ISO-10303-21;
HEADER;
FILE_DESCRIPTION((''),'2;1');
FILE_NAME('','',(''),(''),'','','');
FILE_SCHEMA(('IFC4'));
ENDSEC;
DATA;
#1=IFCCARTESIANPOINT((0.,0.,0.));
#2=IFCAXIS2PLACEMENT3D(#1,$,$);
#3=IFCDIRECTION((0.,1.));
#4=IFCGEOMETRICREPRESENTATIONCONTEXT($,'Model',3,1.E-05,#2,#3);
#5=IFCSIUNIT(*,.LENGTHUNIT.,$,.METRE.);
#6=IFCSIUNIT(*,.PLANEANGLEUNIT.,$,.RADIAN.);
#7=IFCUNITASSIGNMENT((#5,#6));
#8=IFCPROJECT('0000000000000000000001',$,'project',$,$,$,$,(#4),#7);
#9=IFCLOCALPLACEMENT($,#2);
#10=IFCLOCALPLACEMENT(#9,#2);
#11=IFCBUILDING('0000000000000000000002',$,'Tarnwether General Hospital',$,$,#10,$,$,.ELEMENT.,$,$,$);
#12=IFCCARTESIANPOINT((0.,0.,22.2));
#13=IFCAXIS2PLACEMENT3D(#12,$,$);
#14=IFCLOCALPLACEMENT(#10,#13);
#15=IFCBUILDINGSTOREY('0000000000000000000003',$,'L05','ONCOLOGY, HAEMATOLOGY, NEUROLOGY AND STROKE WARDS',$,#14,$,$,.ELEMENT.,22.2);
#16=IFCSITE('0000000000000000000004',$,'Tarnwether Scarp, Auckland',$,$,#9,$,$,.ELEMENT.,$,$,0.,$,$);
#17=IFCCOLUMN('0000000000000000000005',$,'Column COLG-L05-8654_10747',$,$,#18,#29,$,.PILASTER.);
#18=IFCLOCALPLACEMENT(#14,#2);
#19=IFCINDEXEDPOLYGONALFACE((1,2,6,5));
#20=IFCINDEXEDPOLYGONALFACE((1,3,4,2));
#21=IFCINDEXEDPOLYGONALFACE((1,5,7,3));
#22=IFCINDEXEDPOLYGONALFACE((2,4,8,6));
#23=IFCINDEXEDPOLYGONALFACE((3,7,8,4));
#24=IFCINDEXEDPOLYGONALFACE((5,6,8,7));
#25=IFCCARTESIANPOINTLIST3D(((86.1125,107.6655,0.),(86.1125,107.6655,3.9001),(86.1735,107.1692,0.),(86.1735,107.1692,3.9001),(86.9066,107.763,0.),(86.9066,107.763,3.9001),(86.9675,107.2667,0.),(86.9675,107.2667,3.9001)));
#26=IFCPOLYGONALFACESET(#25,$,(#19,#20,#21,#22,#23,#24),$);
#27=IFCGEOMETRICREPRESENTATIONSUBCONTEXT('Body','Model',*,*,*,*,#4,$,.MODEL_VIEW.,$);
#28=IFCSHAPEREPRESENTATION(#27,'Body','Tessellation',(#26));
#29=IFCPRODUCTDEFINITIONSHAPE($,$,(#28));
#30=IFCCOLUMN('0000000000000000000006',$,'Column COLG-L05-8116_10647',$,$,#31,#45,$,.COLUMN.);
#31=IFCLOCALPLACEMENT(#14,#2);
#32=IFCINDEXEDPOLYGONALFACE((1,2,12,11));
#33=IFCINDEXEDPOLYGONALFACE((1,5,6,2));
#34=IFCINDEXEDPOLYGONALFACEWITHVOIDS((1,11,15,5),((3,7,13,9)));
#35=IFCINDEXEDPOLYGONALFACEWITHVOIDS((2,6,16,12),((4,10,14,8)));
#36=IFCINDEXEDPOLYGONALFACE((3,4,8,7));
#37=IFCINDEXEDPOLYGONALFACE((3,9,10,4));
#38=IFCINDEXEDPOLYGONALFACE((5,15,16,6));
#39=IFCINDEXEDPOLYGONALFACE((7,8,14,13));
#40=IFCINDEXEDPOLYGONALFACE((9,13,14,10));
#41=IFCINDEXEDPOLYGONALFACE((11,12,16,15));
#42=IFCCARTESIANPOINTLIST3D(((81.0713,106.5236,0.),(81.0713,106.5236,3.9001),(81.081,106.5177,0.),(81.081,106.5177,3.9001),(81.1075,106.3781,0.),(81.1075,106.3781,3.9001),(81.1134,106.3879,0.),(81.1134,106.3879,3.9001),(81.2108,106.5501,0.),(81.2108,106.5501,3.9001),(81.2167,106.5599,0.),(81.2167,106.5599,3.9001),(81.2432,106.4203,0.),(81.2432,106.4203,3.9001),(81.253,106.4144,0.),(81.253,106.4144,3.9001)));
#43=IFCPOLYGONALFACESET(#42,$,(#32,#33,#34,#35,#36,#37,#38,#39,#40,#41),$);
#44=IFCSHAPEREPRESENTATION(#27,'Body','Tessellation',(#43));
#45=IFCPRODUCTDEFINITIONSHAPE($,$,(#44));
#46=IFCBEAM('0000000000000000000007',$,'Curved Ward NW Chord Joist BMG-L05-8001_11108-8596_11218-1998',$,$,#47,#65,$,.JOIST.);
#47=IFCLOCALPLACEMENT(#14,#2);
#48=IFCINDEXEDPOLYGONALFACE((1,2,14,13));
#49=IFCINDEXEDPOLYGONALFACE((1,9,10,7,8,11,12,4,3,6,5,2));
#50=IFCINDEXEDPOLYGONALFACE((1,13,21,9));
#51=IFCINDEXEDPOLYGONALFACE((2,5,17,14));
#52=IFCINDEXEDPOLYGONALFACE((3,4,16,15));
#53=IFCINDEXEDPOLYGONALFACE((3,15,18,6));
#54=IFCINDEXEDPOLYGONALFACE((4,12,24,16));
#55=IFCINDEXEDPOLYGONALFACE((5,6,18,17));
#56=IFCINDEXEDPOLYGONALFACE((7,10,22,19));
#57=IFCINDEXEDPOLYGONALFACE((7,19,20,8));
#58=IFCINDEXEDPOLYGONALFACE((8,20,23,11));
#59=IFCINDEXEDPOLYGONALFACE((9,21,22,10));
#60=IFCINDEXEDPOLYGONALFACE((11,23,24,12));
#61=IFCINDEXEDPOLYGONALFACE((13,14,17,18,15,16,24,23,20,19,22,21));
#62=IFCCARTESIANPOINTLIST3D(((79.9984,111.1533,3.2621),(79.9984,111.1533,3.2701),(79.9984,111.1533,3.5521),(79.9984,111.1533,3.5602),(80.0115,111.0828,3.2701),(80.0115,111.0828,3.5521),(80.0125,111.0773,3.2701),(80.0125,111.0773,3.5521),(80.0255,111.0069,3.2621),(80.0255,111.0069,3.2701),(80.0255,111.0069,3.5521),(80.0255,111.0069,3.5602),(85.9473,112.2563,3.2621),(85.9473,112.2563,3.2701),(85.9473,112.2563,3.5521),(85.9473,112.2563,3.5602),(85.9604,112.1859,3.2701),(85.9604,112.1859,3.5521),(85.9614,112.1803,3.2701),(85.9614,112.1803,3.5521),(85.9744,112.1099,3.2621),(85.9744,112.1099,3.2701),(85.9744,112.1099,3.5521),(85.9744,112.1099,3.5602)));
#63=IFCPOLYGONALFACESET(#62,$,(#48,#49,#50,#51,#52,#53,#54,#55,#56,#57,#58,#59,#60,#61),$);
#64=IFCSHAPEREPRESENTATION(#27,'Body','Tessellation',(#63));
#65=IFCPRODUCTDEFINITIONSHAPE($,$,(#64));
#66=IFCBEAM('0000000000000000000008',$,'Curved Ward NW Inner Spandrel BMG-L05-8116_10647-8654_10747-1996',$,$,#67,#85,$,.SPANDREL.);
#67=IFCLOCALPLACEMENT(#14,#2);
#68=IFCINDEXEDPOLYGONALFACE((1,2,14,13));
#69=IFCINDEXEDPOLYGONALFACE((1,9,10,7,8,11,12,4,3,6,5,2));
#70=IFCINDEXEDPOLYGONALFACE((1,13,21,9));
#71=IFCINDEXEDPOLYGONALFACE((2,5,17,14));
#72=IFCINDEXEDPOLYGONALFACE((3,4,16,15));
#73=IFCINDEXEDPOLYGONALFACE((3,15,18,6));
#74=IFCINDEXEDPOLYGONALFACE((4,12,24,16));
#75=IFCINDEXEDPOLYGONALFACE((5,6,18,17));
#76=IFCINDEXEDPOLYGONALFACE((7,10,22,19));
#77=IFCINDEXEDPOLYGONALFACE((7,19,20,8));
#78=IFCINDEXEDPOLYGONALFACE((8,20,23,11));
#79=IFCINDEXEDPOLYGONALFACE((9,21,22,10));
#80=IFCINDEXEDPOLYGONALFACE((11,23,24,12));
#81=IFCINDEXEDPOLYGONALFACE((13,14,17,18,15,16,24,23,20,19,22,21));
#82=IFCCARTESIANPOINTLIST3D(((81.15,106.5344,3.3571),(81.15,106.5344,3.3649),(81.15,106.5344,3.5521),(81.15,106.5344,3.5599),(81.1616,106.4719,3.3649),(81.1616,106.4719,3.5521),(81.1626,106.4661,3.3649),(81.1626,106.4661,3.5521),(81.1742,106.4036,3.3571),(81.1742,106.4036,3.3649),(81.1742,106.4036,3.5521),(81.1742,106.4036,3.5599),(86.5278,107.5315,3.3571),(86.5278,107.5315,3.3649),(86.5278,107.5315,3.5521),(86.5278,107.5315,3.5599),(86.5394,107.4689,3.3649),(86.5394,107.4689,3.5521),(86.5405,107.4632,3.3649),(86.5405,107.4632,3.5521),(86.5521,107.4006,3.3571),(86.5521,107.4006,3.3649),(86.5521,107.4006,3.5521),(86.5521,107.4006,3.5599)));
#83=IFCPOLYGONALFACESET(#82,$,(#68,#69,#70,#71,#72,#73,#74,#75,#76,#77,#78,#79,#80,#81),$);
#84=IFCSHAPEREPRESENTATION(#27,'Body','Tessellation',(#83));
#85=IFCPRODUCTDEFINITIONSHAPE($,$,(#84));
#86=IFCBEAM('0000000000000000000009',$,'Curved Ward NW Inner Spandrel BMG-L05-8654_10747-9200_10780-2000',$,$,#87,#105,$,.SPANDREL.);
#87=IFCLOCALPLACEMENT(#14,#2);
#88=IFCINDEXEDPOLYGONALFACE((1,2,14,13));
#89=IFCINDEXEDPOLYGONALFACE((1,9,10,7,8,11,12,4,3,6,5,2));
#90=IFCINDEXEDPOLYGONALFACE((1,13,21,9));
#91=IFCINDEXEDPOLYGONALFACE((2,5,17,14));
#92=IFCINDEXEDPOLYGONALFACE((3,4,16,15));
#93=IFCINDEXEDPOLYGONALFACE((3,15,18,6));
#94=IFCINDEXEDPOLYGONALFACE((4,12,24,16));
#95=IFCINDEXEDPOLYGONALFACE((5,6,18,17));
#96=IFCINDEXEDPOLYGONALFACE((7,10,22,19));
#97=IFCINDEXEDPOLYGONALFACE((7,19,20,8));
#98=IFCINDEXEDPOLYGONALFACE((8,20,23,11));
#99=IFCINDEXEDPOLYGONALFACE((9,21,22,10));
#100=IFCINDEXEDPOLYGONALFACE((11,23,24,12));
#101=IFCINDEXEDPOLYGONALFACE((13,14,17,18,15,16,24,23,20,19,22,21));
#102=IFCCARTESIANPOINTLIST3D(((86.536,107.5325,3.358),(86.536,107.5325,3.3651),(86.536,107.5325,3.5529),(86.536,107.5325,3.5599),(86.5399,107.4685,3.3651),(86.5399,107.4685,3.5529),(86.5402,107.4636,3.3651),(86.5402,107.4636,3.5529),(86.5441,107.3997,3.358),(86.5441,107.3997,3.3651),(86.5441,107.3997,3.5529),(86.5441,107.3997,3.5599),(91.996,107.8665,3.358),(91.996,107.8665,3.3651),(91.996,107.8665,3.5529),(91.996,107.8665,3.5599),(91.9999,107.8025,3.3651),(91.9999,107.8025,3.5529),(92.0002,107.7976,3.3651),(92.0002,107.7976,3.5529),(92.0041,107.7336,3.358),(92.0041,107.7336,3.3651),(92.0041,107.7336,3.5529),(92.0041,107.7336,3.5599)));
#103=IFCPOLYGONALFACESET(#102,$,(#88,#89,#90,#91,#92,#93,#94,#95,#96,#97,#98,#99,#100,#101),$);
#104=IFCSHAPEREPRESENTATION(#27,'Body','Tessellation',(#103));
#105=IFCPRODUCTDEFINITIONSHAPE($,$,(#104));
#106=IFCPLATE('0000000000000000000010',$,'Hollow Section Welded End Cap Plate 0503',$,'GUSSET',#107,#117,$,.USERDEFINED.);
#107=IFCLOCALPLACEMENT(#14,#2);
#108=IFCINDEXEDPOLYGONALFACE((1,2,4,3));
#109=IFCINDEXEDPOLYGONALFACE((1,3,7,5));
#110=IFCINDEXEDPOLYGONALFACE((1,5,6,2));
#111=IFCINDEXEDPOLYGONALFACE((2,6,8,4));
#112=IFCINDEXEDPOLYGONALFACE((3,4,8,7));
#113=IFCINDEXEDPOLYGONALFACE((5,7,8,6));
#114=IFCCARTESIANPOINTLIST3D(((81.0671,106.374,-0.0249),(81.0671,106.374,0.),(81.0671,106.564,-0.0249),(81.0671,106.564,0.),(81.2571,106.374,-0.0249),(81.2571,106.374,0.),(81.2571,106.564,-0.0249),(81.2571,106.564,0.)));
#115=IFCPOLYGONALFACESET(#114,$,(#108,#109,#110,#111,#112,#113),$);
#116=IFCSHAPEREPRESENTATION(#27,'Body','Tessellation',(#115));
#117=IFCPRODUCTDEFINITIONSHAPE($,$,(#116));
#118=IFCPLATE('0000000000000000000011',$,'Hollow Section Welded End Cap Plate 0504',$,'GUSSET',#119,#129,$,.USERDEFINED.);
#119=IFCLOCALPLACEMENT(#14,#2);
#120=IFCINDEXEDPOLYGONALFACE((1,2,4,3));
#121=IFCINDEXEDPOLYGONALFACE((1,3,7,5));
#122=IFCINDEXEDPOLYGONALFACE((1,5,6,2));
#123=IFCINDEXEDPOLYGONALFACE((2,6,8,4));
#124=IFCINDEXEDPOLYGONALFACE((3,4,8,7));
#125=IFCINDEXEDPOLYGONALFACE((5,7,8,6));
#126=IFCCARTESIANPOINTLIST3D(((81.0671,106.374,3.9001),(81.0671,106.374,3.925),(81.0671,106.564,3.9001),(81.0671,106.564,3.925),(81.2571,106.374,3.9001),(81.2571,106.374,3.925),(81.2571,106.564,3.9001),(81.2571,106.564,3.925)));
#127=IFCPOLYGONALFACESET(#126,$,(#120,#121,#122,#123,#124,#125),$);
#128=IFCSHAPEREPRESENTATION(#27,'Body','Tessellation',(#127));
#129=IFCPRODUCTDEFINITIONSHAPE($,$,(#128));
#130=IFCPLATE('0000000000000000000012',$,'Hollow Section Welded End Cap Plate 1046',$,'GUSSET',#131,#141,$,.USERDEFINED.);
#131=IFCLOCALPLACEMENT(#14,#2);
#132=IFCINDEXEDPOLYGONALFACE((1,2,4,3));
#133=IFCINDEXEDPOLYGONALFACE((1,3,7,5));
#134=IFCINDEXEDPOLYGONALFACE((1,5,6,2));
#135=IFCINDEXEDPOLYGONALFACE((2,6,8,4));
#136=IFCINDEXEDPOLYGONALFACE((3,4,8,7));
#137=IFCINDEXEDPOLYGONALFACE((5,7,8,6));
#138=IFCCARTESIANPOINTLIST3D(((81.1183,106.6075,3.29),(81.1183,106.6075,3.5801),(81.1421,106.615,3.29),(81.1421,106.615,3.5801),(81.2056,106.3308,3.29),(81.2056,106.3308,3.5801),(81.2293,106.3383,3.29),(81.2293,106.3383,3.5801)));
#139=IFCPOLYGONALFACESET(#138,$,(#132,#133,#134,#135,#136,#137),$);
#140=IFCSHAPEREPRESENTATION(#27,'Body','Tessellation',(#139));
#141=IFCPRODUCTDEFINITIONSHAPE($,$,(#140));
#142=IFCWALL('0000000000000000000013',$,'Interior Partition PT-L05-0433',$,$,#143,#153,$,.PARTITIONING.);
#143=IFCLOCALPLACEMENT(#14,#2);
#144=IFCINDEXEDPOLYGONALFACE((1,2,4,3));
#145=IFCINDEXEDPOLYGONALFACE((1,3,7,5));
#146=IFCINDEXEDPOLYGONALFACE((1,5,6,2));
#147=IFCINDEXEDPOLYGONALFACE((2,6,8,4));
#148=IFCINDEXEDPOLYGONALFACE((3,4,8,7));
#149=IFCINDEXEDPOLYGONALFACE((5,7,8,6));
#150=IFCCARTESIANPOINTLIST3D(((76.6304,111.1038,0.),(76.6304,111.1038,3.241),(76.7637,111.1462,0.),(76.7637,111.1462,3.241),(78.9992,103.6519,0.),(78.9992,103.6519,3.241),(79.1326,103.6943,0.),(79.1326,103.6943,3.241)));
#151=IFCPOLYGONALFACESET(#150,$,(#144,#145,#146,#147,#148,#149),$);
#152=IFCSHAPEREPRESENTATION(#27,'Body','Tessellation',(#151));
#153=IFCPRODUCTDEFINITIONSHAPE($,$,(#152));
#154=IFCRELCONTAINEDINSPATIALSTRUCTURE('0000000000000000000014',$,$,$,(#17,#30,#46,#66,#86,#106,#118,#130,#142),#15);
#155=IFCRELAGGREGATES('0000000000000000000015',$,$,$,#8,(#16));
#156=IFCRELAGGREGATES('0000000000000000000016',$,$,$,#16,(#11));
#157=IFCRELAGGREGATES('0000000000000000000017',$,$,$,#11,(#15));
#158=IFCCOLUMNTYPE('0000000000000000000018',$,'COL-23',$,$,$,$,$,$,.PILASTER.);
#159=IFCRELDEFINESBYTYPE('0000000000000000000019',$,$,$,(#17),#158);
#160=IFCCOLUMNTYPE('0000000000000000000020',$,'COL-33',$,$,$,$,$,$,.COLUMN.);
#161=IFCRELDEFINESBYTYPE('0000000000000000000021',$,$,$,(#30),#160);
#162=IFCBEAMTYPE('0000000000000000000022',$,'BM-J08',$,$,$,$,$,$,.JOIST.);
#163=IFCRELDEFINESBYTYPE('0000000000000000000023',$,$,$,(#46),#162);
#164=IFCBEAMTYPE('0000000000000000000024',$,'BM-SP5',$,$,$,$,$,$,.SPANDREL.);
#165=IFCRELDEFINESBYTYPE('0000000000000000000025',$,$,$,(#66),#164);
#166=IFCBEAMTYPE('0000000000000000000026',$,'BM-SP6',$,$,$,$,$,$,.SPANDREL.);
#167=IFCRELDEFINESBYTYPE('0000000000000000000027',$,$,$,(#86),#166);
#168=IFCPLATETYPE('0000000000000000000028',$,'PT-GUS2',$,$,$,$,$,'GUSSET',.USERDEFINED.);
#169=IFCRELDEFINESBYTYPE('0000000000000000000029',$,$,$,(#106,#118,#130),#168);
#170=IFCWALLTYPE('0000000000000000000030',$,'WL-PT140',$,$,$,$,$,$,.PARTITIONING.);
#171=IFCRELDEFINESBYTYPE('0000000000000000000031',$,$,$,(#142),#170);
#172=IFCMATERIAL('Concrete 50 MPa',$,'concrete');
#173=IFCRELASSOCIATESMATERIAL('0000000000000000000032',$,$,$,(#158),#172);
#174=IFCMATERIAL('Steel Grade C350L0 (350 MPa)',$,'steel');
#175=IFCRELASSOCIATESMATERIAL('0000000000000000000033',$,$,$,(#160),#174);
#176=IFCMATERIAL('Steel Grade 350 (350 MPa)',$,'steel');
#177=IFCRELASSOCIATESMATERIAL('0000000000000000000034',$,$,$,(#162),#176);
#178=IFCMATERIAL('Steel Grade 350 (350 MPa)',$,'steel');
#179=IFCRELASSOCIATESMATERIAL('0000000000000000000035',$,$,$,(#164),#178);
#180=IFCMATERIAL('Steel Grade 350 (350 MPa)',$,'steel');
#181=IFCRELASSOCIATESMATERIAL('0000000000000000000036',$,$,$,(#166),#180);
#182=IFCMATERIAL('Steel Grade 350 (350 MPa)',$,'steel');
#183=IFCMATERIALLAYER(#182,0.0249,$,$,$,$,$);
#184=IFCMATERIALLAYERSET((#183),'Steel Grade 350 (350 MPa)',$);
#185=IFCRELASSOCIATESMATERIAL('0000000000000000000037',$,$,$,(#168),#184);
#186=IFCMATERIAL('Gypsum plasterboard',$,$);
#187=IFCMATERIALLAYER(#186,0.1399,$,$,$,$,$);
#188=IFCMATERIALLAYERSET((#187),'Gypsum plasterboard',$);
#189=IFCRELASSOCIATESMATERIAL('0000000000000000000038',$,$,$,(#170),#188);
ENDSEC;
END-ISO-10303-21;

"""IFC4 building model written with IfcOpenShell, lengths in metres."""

from ifc_helpers import new_model, si_unit, direction, frame, frame_2d, origin, origin_2d, place, context, subcontext, project, spatial, rectangle, hollow_rectangle, i_section, extrude, material, layer, layer_set, material_profile, profile_set, type_object, element, save


model = new_model("IFC4")

# Units and contexts
model_context = context("Model", 3, precision=1e-05, world=origin(), true_north=direction((0.0, 1.0)))
body_context = subcontext(model_context, "Body", "Model", "MODEL_VIEW")
ifc_project = project(units=[si_unit("LENGTHUNIT", "METRE"), si_unit("PLANEANGLEUNIT", "RADIAN")], contexts=[model_context])

# Site, building, storey
site_placement = place(None, origin())
site = spatial("IfcSite", under=ifc_project, at=site_placement, Name="Tarnwether Scarp, Auckland", CompositionType="ELEMENT", RefElevation=0.0)
building_placement = place(site_placement, origin())
building = spatial("IfcBuilding", under=site, at=building_placement, Name="Tarnwether General Hospital", CompositionType="ELEMENT")
storey_placement = place(building_placement, frame((0.0, 0.0, 22.2)))
storey = spatial("IfcBuildingStorey", under=building, at=storey_placement, Name="L05", Description="ONCOLOGY, HAEMATOLOGY, NEUROLOGY AND STROKE WARDS", CompositionType="ELEMENT", Elevation=22.2)

# Columns
ifc_material_1 = material(Name="Concrete 50 MPa", Category="concrete")
ifc_material_profile_1 = material_profile(ifc_material_1, rectangle(XDim=0.5, YDim=0.8, at=origin_2d()), Name="RC-PIL-500x800")
ifc_profile_set_1 = profile_set([ifc_material_profile_1], Name="Concrete 50 MPa")
column_type_1 = type_object("IfcColumnType", Name="COL-23", PredefinedType="PILASTER", material=ifc_profile_set_1)
column_1_placement = place(storey_placement, frame((86.54, 107.4661, 0.0), z_axis=(0.0, 0.0, 1.0), x_axis=(-0.121869, 0.992546, 0.0)))
element("IfcColumn", 1, at=column_1_placement, inside=storey, type_object=column_type_1, Name="Column COLG-L05-8654_10747", PredefinedType="PILASTER", context=body_context, shape_type="SweptSolid", body=[
    extrude(rectangle(XDim=0.5, YDim=0.8, at=origin_2d()), origin(), (0.0, 0.0, 1.0), 3.9001),
])
ifc_material_2 = material(Name="Steel Grade C350L0 (350 MPa)", Category="steel")
ifc_material_profile_2 = material_profile(ifc_material_2, hollow_rectangle(XDim=0.1499, YDim=0.1499, WallThickness=0.0081, at=origin_2d()), Name="SHS150x150x8")
ifc_profile_set_2 = profile_set([ifc_material_profile_2], Name="Steel Grade C350L0 (350 MPa)")
column_type_2 = type_object("IfcColumnType", Name="COL-33", PredefinedType="COLUMN", material=ifc_profile_set_2)
column_2_placement = place(storey_placement, frame((81.1621, 106.469, 0.0), z_axis=(0.0, 0.0, 1.0), x_axis=(-0.241922, 0.970296, 0.0)))
element("IfcColumn", 2, at=column_2_placement, inside=storey, type_object=column_type_2, Name="Column COLG-L05-8116_10647", PredefinedType="COLUMN", context=body_context, shape_type="SweptSolid", body=[
    extrude(hollow_rectangle(XDim=0.1499, YDim=0.1499, WallThickness=0.0081, at=origin_2d()), origin(), (0.0, 0.0, 1.0), 3.9001),
])

# Beams
ifc_material_3 = material(Name="Steel Grade 350 (350 MPa)", Category="steel")
ifc_material_profile_3 = material_profile(ifc_material_3, i_section(OverallWidth=0.1489, OverallDepth=0.2981, WebThickness=0.0056, FlangeThickness=0.0081, at=origin_2d()), Name="310UB32.0")
ifc_profile_set_3 = profile_set([ifc_material_profile_3], Name="Steel Grade 350 (350 MPa)")
beam_type_1 = type_object("IfcBeamType", Name="BM-J08", PredefinedType="JOIST", material=ifc_profile_set_3)
beam_1_placement = place(storey_placement, frame((80.012, 111.0801, 3.4111), z_axis=(0.983242, 0.182307, 0.0), x_axis=(-0.182307, 0.983242, 0.0)))
element("IfcBeam", 3, at=beam_1_placement, inside=storey, type_object=beam_type_1, Name="Curved Ward NW Chord Joist BMG-L05-8001_11108-8596_11218-1998", PredefinedType="JOIST", context=body_context, shape_type="SweptSolid", body=[
    extrude(i_section(OverallWidth=0.1489, OverallDepth=0.2981, WebThickness=0.0056, FlangeThickness=0.0081, at=origin_2d()), origin(), (0.0, 0.0, 1.0), 6.0503),
])
ifc_material_4 = material(Name="Steel Grade 350 (350 MPa)", Category="steel")
ifc_material_profile_4 = material_profile(ifc_material_4, i_section(OverallWidth=0.1331, OverallDepth=0.2029, WebThickness=0.0059, FlangeThickness=0.0078, at=origin_2d()), Name="200UB25.4")
ifc_profile_set_4 = profile_set([ifc_material_profile_4], Name="Steel Grade 350 (350 MPa)")
beam_type_2 = type_object("IfcBeamType", Name="BM-SP5", PredefinedType="SPANDREL", material=ifc_profile_set_4)
beam_2_placement = place(storey_placement, frame((81.1621, 106.469, 3.4585), z_axis=(0.983244, 0.182294, 0.0), x_axis=(-0.182294, 0.983244, 0.0)))
element("IfcBeam", 4, at=beam_2_placement, inside=storey, type_object=beam_type_2, Name="Curved Ward NW Inner Spandrel BMG-L05-8116_10647-8654_10747-1996", PredefinedType="SPANDREL", context=body_context, shape_type="SweptSolid", body=[
    extrude(i_section(OverallWidth=0.1331, OverallDepth=0.2029, WebThickness=0.0059, FlangeThickness=0.0078, at=origin_2d()), origin(), (0.0, 0.0, 1.0), 5.4695),
])
ifc_material_5 = material(Name="Steel Grade 350 (350 MPa)", Category="steel")
ifc_material_profile_5 = material_profile(ifc_material_5, i_section(OverallWidth=0.1331, OverallDepth=0.2019, WebThickness=0.0049, FlangeThickness=0.0071, at=origin_2d()), Name="200UB22.3")
ifc_profile_set_5 = profile_set([ifc_material_profile_5], Name="Steel Grade 350 (350 MPa)")
beam_type_3 = type_object("IfcBeamType", Name="BM-SP6", PredefinedType="SPANDREL", material=ifc_profile_set_5)
beam_3_placement = place(storey_placement, frame((86.54, 107.4661, 3.459), z_axis=(0.998134, 0.061056, 0.0), x_axis=(-0.061056, 0.998134, 0.0)))
element("IfcBeam", 5, at=beam_3_placement, inside=storey, type_object=beam_type_3, Name="Curved Ward NW Inner Spandrel BMG-L05-8654_10747-9200_10780-2000", PredefinedType="SPANDREL", context=body_context, shape_type="SweptSolid", body=[
    extrude(i_section(OverallWidth=0.1331, OverallDepth=0.2019, WebThickness=0.0049, FlangeThickness=0.0071, at=origin_2d()), origin(), (0.0, 0.0, 1.0), 5.4702),
])

# Plates
ifc_material_6 = material(Name="Steel Grade 350 (350 MPa)", Category="steel")
ifc_layer_1 = layer(ifc_material_6, 0.0249)
ifc_layer_set_1 = layer_set([ifc_layer_1], Name="Steel Grade 350 (350 MPa)")
plate_type = type_object("IfcPlateType", Name="PT-GUS2", ElementType="GUSSET", PredefinedType="USERDEFINED", material=ifc_layer_set_1)
for number, where, z_axis, x_axis, name in (
    (6, (81.1621, 106.469, -0.0249), (0.0, 0.0, 1.0), (1.0, 0.0, 0.0), "Hollow Section Welded End Cap Plate 0503"),
    (7, (81.1621, 106.469, 3.9001), (0.0, 0.0, 1.0), (1.0, 0.0, 0.0), "Hollow Section Welded End Cap Plate 0504"),
):
    element("IfcPlate", number, at=place(storey_placement, frame(where, z_axis=z_axis, x_axis=x_axis)), inside=storey, type_object=plate_type, Name=name, ObjectType="GUSSET", PredefinedType="USERDEFINED", context=body_context, shape_type="SweptSolid", body=[
        extrude(rectangle(XDim=0.1899, YDim=0.1899, at=origin_2d()), origin(), (0.0, 0.0, 1.0), 0.0249),
    ])
plate_placement = place(storey_placement, frame((81.1738, 106.4729, 3.29), z_axis=(0.0, 0.0, 1.0), x_axis=(0.953712, 0.300722, 0.0)))
element("IfcPlate", 8, at=plate_placement, inside=storey, type_object=plate_type, Name="Hollow Section Welded End Cap Plate 1046", ObjectType="GUSSET", PredefinedType="USERDEFINED", context=body_context, shape_type="SweptSolid", body=[
    extrude(rectangle(XDim=0.0249, YDim=0.29, at=origin_2d()), origin(), (0.0, 0.0, 1.0), 0.29),
])

# Wall
ifc_material_7 = material(Name="Gypsum plasterboard")
ifc_layer_2 = layer(ifc_material_7, 0.1399)
ifc_layer_set_2 = layer_set([ifc_layer_2], Name="Gypsum plasterboard")
wall_type_1 = type_object("IfcWallType", Name="WL-PT140", PredefinedType="PARTITIONING", material=ifc_layer_set_2)
wall_1_placement = place(storey_placement, frame((76.697, 111.125, 0.0), z_axis=(0.0, 0.0, 1.0), x_axis=(0.302952, -0.953006, 0.0)))
element("IfcWall", 9, at=wall_1_placement, inside=storey, type_object=wall_type_1, Name="Interior Partition PT-L05-0433", PredefinedType="PARTITIONING", context=body_context, shape_type="SweptSolid", body=[
    extrude(rectangle(XDim=7.8193, YDim=0.1399, at=frame_2d((3.9097, 0.0))), origin(), (0.0, 0.0, 1.0), 3.241),
])

save(model, "model.ifc")
